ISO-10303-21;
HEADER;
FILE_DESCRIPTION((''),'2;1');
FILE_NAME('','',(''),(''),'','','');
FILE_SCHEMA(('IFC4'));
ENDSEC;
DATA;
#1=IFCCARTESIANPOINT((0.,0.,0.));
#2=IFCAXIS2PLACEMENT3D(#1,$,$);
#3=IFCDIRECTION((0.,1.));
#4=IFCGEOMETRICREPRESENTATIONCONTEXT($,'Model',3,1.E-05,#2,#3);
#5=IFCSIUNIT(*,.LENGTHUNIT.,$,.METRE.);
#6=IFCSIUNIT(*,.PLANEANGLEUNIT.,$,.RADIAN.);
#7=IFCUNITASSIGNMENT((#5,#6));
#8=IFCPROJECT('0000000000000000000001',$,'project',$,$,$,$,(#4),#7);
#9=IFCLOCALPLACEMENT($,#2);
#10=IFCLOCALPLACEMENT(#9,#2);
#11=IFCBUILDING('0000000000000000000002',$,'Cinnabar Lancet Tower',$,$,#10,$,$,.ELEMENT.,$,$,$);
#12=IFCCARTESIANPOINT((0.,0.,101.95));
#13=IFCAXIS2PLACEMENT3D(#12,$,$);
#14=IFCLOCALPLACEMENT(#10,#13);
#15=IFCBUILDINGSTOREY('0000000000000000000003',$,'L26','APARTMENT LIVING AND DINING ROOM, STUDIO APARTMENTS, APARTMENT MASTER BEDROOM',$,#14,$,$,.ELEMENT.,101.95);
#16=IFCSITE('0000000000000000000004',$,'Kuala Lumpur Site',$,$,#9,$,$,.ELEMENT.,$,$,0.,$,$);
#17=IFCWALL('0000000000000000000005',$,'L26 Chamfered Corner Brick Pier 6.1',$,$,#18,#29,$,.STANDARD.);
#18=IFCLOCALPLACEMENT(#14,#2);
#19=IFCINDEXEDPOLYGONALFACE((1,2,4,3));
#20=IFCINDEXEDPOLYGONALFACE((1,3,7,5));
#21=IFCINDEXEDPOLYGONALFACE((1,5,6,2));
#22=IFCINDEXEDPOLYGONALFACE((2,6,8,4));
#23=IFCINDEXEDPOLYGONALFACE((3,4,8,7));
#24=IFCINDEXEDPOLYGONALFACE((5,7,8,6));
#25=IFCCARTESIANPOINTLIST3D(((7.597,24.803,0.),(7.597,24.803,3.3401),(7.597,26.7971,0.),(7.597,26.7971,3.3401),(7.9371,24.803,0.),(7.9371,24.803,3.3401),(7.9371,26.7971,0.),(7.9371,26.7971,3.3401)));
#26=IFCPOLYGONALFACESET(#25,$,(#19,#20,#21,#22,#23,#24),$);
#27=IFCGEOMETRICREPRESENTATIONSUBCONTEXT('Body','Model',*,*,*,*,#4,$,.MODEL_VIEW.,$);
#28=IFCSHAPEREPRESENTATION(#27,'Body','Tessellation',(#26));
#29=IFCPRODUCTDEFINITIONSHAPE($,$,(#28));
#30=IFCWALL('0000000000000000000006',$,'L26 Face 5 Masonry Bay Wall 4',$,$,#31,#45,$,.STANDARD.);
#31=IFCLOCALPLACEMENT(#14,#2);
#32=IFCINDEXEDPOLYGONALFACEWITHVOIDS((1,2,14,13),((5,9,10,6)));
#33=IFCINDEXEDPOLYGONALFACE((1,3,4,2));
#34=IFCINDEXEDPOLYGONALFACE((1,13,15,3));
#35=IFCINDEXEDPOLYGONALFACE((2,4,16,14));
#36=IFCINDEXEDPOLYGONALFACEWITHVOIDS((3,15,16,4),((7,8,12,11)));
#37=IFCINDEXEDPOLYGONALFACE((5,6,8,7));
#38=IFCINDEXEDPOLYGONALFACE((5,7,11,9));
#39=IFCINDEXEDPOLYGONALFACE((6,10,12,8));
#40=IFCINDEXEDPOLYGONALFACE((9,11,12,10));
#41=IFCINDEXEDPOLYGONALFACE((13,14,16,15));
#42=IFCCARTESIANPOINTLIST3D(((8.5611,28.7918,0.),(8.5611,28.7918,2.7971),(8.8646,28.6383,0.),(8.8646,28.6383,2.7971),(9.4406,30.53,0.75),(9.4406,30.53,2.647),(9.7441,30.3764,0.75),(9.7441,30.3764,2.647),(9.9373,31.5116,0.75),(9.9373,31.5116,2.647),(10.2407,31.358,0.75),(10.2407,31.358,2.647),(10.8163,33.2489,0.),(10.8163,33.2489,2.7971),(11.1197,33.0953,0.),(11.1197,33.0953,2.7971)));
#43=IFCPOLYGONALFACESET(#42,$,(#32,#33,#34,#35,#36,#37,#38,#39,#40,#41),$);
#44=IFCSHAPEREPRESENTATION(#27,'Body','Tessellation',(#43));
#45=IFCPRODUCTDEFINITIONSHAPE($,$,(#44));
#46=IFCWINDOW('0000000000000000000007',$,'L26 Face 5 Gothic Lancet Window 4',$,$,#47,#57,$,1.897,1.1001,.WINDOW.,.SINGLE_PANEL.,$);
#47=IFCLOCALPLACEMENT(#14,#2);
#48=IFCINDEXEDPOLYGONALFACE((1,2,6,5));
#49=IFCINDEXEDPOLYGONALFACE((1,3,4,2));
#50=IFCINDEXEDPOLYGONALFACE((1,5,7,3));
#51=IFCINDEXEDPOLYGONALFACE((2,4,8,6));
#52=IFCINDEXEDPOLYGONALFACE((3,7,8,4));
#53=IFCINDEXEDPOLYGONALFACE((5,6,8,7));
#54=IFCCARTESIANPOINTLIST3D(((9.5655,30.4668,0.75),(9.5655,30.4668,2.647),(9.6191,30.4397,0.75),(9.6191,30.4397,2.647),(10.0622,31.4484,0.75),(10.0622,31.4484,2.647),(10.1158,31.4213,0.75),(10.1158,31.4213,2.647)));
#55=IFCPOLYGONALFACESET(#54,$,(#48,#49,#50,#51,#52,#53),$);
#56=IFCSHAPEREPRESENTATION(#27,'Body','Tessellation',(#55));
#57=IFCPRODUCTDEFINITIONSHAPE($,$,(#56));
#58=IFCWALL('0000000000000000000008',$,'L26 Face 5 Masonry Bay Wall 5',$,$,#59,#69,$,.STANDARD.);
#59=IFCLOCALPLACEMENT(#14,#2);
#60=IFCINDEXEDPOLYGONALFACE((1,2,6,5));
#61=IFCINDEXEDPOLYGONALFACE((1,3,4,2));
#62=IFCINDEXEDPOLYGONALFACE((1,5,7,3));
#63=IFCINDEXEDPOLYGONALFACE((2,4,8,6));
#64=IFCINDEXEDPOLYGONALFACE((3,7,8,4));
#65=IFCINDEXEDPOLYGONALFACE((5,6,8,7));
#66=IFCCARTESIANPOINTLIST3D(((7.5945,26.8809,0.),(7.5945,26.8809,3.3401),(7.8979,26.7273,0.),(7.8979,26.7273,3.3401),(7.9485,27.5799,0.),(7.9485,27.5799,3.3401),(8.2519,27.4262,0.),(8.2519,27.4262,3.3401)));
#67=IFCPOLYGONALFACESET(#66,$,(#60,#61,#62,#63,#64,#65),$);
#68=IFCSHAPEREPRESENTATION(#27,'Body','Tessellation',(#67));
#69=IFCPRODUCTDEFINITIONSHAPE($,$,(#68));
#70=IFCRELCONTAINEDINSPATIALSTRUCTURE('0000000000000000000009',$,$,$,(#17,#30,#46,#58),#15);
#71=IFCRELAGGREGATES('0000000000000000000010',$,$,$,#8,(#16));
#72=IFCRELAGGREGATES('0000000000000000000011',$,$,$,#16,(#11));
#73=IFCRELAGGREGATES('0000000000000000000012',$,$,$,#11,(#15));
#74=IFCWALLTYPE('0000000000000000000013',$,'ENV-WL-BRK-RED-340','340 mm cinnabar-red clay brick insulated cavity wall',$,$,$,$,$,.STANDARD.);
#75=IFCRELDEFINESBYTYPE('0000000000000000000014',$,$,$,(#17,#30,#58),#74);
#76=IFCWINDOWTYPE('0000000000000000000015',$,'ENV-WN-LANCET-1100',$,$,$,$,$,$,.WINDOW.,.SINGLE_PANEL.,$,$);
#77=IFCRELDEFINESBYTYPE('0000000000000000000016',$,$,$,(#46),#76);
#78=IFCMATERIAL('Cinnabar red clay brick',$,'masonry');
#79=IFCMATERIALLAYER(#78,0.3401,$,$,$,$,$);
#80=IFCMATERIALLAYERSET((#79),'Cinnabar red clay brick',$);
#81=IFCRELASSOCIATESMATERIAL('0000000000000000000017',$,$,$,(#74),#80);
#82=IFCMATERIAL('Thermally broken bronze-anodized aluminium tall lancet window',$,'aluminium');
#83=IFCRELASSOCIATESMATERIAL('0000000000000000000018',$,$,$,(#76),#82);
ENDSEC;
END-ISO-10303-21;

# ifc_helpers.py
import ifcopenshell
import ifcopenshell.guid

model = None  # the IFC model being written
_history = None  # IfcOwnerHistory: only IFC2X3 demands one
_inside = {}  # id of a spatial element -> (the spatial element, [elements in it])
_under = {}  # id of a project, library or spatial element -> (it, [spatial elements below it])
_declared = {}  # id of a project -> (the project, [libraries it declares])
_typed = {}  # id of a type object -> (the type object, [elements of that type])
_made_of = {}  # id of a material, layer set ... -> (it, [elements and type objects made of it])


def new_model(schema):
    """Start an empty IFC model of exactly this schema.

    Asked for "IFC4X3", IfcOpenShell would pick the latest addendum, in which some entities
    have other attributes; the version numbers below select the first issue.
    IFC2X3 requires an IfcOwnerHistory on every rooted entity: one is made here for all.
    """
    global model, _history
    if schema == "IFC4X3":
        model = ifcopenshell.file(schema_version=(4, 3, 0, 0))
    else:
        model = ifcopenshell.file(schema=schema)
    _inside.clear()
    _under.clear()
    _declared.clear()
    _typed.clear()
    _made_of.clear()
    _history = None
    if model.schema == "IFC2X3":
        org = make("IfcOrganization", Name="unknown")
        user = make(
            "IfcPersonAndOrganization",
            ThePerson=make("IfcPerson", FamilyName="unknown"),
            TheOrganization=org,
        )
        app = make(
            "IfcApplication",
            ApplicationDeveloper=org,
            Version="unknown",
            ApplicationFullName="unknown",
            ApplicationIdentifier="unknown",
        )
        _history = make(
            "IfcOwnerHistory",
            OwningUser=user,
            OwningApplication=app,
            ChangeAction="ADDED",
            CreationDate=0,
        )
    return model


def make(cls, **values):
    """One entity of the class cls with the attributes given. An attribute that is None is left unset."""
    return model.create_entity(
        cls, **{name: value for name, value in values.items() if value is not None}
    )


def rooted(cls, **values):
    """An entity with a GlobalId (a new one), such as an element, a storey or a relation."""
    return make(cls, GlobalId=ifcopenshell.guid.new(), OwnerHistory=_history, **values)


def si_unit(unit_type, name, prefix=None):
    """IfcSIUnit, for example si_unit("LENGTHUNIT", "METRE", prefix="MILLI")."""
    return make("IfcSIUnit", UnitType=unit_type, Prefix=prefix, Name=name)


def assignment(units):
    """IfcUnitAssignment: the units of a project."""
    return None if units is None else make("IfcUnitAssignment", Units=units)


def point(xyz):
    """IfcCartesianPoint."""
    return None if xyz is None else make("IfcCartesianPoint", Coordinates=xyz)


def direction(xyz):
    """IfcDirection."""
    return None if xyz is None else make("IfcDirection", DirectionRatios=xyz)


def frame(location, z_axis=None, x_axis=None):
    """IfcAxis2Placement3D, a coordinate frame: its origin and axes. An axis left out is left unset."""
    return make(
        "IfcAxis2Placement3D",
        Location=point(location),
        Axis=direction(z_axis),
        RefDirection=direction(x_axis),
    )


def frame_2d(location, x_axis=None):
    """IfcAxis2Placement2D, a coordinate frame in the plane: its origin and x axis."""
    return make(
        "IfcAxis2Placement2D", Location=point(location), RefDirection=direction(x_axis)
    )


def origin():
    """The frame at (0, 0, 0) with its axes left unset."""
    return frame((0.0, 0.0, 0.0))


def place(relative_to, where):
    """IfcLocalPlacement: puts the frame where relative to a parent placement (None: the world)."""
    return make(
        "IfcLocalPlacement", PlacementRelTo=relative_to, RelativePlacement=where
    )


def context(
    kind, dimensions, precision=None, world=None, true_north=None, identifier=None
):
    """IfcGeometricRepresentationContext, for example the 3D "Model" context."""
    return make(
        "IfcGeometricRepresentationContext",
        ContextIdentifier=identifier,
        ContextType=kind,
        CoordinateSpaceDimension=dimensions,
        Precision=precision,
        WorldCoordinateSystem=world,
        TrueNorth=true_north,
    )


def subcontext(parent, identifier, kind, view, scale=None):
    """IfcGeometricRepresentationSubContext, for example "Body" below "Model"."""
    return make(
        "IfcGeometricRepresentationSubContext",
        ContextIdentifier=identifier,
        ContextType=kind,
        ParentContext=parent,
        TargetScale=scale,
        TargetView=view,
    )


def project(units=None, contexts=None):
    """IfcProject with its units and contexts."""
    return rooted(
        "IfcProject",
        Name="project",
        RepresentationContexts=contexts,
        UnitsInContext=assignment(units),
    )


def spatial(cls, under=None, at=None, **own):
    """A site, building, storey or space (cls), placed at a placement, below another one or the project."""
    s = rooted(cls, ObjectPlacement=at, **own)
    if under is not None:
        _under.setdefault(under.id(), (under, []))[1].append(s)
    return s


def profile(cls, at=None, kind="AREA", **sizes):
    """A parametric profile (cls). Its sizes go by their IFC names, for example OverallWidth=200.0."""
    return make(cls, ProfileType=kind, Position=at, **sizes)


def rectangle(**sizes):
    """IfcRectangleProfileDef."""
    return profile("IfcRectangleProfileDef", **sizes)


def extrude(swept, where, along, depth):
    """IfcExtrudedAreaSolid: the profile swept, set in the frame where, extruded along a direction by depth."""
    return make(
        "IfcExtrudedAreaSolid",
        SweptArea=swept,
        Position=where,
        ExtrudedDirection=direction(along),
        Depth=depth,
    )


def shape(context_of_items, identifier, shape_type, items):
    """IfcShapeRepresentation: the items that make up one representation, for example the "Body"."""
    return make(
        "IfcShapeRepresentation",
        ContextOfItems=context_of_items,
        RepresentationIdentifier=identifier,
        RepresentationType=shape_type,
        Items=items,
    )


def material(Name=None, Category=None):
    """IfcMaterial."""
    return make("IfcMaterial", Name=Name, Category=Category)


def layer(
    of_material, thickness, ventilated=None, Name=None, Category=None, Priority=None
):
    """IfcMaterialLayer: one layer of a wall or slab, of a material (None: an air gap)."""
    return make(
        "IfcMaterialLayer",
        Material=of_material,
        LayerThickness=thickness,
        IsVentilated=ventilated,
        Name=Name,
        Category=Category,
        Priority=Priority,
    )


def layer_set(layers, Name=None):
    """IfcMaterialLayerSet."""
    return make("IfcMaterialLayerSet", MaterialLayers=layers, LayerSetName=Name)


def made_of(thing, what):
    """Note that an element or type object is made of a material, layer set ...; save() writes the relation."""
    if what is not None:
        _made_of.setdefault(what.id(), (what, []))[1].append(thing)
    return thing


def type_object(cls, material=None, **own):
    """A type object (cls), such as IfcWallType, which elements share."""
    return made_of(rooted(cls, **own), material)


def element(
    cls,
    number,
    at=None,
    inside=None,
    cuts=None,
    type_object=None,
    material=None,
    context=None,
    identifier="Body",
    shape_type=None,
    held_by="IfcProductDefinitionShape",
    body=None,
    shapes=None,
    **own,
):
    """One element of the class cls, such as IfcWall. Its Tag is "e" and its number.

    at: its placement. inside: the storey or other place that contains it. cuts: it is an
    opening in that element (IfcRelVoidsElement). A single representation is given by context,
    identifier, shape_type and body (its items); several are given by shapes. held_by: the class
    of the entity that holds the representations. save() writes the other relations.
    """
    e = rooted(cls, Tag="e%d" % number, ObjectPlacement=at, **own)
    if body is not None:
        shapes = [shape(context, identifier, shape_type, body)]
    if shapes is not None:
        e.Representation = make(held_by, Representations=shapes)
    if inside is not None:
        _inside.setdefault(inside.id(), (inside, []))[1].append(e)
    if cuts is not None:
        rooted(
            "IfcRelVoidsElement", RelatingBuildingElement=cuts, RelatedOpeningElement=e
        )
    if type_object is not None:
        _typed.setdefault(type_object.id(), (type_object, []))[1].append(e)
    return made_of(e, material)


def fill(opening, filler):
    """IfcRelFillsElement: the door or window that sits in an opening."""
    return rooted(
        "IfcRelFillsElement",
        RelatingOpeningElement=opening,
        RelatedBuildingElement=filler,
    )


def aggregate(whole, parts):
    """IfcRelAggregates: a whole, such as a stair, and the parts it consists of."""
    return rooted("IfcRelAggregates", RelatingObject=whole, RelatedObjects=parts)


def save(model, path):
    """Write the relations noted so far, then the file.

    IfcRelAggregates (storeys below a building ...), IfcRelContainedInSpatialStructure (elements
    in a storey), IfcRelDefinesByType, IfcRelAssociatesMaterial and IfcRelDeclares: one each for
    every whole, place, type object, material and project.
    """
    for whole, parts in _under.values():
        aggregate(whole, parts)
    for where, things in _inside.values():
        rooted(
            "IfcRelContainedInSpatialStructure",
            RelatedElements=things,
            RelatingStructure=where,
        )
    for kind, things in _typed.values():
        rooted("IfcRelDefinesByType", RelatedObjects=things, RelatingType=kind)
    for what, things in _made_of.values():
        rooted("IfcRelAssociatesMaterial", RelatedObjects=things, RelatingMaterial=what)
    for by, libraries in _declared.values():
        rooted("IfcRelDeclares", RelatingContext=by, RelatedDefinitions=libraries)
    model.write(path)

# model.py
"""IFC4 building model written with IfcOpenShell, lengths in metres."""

from ifc_helpers import new_model, si_unit, direction, frame, frame_2d, origin, place, context, subcontext, project, spatial, rectangle, extrude, material, layer, layer_set, type_object, element, fill, save


model = new_model("IFC4")

# Units and contexts
model_context = context("Model", 3, precision=1e-05, world=origin(), true_north=direction((0.0, 1.0)))
body_context = subcontext(model_context, "Body", "Model", "MODEL_VIEW")
ifc_project = project(units=[si_unit("LENGTHUNIT", "METRE"), si_unit("PLANEANGLEUNIT", "RADIAN")], contexts=[model_context])

# Site, building, storey
site_placement = place(None, origin())
site = spatial("IfcSite", under=ifc_project, at=site_placement, Name="Kuala Lumpur Site", CompositionType="ELEMENT", RefElevation=0.0)
building_placement = place(site_placement, origin())
building = spatial("IfcBuilding", under=site, at=building_placement, Name="Cinnabar Lancet Tower", CompositionType="ELEMENT")
storey_placement = place(building_placement, frame((0.0, 0.0, 101.95)))
storey = spatial("IfcBuildingStorey", under=building, at=storey_placement, Name="L26", Description="APARTMENT LIVING AND DINING ROOM, STUDIO APARTMENTS, APARTMENT MASTER BEDROOM", CompositionType="ELEMENT", Elevation=101.95)

# Wall
ifc_material_1 = material(Name="Cinnabar red clay brick", Category="masonry")
ifc_layer_1 = layer(ifc_material_1, 0.3401)
ifc_layer_set_1 = layer_set([ifc_layer_1], Name="Cinnabar red clay brick")
wall_type_1 = type_object("IfcWallType", Name="ENV-WL-BRK-RED-340", Description="340 mm cinnabar-red clay brick insulated cavity wall", PredefinedType="STANDARD", material=ifc_layer_set_1)
wall_1_placement = place(storey_placement, frame((7.7671, 26.7971, 0.0), z_axis=(0.0, 0.0, 1.0), x_axis=(0.0, -1.0, 0.0)))
element("IfcWall", 1, at=wall_1_placement, inside=storey, type_object=wall_type_1, Name="L26 Chamfered Corner Brick Pier 6.1", PredefinedType="STANDARD", context=body_context, shape_type="SweptSolid", body=[
    extrude(rectangle(XDim=1.9941, YDim=0.3401, at=frame_2d((0.9971, 0.0))), origin(), (0.0, 0.0, 1.0), 3.3401),
])

# Wall, opening, window
wall_2_placement = place(storey_placement, frame((10.968, 33.1721, 0.0), z_axis=(0.0, 0.0, 1.0), x_axis=(-0.451471, -0.892286, 0.0)))
wall_2 = element("IfcWall", 2, at=wall_2_placement, inside=storey, type_object=wall_type_1, Name="L26 Face 5 Masonry Bay Wall 4", PredefinedType="STANDARD", context=body_context, shape_type="SweptSolid", body=[
    extrude(rectangle(XDim=4.9951, YDim=0.3401, at=frame_2d((2.4976, 0.0))), origin(), (0.0, 0.0, 1.0), 2.7971),
])
opening_1_placement = place(wall_2_placement, frame((1.947, 0.0, 0.75)))
opening_1 = element("IfcOpeningElement", 3, at=opening_1_placement, cuts=wall_2, PredefinedType="OPENING", context=body_context, shape_type="SweptSolid", body=[
    extrude(rectangle(XDim=1.1001, YDim=1.897, at=frame_2d((0.55, 0.9485))), frame((0.0, 0.1799, 0.0), z_axis=(0.0, -1.0, 0.0), x_axis=(1.0, 0.0, 0.0)), (0.0, 0.0, 1.0), 0.3601),
])
ifc_material_2 = material(Name="Thermally broken bronze-anodized aluminium tall lancet window", Category="aluminium")
window_type = type_object("IfcWindowType", Name="ENV-WN-LANCET-1100", PartitioningType="SINGLE_PANEL", PredefinedType="WINDOW", material=ifc_material_2)
window_placement = place(opening_1_placement, origin())
window = element("IfcWindow", 4, at=window_placement, inside=storey, type_object=window_type, Name="L26 Face 5 Gothic Lancet Window 4", OverallHeight=1.897, OverallWidth=1.1001, PartitioningType="SINGLE_PANEL", PredefinedType="WINDOW", context=body_context, shape_type="SweptSolid", body=[
    extrude(rectangle(XDim=1.1001, YDim=1.897, at=frame_2d((0.55, 0.9485))), frame((0.0, 0.03, 0.0), z_axis=(0.0, -1.0, 0.0), x_axis=(1.0, 0.0, 0.0)), (0.0, 0.0, 1.0), 0.0601),
])
fill(opening_1, window)

# Wall
wall_3_placement = place(storey_placement, frame((8.1001, 27.5029, 0.0), z_axis=(0.0, 0.0, 1.0), x_axis=(-0.451819, -0.892109, 0.0)))
element("IfcWall", 5, at=wall_3_placement, inside=storey, type_object=wall_type_1, Name="L26 Face 5 Masonry Bay Wall 5", PredefinedType="STANDARD", context=body_context, shape_type="SweptSolid", body=[
    extrude(rectangle(XDim=0.7834, YDim=0.3401, at=frame_2d((0.3916, 0.0))), origin(), (0.0, 0.0, 1.0), 3.3401),
])

save(model, "model.ifc")
